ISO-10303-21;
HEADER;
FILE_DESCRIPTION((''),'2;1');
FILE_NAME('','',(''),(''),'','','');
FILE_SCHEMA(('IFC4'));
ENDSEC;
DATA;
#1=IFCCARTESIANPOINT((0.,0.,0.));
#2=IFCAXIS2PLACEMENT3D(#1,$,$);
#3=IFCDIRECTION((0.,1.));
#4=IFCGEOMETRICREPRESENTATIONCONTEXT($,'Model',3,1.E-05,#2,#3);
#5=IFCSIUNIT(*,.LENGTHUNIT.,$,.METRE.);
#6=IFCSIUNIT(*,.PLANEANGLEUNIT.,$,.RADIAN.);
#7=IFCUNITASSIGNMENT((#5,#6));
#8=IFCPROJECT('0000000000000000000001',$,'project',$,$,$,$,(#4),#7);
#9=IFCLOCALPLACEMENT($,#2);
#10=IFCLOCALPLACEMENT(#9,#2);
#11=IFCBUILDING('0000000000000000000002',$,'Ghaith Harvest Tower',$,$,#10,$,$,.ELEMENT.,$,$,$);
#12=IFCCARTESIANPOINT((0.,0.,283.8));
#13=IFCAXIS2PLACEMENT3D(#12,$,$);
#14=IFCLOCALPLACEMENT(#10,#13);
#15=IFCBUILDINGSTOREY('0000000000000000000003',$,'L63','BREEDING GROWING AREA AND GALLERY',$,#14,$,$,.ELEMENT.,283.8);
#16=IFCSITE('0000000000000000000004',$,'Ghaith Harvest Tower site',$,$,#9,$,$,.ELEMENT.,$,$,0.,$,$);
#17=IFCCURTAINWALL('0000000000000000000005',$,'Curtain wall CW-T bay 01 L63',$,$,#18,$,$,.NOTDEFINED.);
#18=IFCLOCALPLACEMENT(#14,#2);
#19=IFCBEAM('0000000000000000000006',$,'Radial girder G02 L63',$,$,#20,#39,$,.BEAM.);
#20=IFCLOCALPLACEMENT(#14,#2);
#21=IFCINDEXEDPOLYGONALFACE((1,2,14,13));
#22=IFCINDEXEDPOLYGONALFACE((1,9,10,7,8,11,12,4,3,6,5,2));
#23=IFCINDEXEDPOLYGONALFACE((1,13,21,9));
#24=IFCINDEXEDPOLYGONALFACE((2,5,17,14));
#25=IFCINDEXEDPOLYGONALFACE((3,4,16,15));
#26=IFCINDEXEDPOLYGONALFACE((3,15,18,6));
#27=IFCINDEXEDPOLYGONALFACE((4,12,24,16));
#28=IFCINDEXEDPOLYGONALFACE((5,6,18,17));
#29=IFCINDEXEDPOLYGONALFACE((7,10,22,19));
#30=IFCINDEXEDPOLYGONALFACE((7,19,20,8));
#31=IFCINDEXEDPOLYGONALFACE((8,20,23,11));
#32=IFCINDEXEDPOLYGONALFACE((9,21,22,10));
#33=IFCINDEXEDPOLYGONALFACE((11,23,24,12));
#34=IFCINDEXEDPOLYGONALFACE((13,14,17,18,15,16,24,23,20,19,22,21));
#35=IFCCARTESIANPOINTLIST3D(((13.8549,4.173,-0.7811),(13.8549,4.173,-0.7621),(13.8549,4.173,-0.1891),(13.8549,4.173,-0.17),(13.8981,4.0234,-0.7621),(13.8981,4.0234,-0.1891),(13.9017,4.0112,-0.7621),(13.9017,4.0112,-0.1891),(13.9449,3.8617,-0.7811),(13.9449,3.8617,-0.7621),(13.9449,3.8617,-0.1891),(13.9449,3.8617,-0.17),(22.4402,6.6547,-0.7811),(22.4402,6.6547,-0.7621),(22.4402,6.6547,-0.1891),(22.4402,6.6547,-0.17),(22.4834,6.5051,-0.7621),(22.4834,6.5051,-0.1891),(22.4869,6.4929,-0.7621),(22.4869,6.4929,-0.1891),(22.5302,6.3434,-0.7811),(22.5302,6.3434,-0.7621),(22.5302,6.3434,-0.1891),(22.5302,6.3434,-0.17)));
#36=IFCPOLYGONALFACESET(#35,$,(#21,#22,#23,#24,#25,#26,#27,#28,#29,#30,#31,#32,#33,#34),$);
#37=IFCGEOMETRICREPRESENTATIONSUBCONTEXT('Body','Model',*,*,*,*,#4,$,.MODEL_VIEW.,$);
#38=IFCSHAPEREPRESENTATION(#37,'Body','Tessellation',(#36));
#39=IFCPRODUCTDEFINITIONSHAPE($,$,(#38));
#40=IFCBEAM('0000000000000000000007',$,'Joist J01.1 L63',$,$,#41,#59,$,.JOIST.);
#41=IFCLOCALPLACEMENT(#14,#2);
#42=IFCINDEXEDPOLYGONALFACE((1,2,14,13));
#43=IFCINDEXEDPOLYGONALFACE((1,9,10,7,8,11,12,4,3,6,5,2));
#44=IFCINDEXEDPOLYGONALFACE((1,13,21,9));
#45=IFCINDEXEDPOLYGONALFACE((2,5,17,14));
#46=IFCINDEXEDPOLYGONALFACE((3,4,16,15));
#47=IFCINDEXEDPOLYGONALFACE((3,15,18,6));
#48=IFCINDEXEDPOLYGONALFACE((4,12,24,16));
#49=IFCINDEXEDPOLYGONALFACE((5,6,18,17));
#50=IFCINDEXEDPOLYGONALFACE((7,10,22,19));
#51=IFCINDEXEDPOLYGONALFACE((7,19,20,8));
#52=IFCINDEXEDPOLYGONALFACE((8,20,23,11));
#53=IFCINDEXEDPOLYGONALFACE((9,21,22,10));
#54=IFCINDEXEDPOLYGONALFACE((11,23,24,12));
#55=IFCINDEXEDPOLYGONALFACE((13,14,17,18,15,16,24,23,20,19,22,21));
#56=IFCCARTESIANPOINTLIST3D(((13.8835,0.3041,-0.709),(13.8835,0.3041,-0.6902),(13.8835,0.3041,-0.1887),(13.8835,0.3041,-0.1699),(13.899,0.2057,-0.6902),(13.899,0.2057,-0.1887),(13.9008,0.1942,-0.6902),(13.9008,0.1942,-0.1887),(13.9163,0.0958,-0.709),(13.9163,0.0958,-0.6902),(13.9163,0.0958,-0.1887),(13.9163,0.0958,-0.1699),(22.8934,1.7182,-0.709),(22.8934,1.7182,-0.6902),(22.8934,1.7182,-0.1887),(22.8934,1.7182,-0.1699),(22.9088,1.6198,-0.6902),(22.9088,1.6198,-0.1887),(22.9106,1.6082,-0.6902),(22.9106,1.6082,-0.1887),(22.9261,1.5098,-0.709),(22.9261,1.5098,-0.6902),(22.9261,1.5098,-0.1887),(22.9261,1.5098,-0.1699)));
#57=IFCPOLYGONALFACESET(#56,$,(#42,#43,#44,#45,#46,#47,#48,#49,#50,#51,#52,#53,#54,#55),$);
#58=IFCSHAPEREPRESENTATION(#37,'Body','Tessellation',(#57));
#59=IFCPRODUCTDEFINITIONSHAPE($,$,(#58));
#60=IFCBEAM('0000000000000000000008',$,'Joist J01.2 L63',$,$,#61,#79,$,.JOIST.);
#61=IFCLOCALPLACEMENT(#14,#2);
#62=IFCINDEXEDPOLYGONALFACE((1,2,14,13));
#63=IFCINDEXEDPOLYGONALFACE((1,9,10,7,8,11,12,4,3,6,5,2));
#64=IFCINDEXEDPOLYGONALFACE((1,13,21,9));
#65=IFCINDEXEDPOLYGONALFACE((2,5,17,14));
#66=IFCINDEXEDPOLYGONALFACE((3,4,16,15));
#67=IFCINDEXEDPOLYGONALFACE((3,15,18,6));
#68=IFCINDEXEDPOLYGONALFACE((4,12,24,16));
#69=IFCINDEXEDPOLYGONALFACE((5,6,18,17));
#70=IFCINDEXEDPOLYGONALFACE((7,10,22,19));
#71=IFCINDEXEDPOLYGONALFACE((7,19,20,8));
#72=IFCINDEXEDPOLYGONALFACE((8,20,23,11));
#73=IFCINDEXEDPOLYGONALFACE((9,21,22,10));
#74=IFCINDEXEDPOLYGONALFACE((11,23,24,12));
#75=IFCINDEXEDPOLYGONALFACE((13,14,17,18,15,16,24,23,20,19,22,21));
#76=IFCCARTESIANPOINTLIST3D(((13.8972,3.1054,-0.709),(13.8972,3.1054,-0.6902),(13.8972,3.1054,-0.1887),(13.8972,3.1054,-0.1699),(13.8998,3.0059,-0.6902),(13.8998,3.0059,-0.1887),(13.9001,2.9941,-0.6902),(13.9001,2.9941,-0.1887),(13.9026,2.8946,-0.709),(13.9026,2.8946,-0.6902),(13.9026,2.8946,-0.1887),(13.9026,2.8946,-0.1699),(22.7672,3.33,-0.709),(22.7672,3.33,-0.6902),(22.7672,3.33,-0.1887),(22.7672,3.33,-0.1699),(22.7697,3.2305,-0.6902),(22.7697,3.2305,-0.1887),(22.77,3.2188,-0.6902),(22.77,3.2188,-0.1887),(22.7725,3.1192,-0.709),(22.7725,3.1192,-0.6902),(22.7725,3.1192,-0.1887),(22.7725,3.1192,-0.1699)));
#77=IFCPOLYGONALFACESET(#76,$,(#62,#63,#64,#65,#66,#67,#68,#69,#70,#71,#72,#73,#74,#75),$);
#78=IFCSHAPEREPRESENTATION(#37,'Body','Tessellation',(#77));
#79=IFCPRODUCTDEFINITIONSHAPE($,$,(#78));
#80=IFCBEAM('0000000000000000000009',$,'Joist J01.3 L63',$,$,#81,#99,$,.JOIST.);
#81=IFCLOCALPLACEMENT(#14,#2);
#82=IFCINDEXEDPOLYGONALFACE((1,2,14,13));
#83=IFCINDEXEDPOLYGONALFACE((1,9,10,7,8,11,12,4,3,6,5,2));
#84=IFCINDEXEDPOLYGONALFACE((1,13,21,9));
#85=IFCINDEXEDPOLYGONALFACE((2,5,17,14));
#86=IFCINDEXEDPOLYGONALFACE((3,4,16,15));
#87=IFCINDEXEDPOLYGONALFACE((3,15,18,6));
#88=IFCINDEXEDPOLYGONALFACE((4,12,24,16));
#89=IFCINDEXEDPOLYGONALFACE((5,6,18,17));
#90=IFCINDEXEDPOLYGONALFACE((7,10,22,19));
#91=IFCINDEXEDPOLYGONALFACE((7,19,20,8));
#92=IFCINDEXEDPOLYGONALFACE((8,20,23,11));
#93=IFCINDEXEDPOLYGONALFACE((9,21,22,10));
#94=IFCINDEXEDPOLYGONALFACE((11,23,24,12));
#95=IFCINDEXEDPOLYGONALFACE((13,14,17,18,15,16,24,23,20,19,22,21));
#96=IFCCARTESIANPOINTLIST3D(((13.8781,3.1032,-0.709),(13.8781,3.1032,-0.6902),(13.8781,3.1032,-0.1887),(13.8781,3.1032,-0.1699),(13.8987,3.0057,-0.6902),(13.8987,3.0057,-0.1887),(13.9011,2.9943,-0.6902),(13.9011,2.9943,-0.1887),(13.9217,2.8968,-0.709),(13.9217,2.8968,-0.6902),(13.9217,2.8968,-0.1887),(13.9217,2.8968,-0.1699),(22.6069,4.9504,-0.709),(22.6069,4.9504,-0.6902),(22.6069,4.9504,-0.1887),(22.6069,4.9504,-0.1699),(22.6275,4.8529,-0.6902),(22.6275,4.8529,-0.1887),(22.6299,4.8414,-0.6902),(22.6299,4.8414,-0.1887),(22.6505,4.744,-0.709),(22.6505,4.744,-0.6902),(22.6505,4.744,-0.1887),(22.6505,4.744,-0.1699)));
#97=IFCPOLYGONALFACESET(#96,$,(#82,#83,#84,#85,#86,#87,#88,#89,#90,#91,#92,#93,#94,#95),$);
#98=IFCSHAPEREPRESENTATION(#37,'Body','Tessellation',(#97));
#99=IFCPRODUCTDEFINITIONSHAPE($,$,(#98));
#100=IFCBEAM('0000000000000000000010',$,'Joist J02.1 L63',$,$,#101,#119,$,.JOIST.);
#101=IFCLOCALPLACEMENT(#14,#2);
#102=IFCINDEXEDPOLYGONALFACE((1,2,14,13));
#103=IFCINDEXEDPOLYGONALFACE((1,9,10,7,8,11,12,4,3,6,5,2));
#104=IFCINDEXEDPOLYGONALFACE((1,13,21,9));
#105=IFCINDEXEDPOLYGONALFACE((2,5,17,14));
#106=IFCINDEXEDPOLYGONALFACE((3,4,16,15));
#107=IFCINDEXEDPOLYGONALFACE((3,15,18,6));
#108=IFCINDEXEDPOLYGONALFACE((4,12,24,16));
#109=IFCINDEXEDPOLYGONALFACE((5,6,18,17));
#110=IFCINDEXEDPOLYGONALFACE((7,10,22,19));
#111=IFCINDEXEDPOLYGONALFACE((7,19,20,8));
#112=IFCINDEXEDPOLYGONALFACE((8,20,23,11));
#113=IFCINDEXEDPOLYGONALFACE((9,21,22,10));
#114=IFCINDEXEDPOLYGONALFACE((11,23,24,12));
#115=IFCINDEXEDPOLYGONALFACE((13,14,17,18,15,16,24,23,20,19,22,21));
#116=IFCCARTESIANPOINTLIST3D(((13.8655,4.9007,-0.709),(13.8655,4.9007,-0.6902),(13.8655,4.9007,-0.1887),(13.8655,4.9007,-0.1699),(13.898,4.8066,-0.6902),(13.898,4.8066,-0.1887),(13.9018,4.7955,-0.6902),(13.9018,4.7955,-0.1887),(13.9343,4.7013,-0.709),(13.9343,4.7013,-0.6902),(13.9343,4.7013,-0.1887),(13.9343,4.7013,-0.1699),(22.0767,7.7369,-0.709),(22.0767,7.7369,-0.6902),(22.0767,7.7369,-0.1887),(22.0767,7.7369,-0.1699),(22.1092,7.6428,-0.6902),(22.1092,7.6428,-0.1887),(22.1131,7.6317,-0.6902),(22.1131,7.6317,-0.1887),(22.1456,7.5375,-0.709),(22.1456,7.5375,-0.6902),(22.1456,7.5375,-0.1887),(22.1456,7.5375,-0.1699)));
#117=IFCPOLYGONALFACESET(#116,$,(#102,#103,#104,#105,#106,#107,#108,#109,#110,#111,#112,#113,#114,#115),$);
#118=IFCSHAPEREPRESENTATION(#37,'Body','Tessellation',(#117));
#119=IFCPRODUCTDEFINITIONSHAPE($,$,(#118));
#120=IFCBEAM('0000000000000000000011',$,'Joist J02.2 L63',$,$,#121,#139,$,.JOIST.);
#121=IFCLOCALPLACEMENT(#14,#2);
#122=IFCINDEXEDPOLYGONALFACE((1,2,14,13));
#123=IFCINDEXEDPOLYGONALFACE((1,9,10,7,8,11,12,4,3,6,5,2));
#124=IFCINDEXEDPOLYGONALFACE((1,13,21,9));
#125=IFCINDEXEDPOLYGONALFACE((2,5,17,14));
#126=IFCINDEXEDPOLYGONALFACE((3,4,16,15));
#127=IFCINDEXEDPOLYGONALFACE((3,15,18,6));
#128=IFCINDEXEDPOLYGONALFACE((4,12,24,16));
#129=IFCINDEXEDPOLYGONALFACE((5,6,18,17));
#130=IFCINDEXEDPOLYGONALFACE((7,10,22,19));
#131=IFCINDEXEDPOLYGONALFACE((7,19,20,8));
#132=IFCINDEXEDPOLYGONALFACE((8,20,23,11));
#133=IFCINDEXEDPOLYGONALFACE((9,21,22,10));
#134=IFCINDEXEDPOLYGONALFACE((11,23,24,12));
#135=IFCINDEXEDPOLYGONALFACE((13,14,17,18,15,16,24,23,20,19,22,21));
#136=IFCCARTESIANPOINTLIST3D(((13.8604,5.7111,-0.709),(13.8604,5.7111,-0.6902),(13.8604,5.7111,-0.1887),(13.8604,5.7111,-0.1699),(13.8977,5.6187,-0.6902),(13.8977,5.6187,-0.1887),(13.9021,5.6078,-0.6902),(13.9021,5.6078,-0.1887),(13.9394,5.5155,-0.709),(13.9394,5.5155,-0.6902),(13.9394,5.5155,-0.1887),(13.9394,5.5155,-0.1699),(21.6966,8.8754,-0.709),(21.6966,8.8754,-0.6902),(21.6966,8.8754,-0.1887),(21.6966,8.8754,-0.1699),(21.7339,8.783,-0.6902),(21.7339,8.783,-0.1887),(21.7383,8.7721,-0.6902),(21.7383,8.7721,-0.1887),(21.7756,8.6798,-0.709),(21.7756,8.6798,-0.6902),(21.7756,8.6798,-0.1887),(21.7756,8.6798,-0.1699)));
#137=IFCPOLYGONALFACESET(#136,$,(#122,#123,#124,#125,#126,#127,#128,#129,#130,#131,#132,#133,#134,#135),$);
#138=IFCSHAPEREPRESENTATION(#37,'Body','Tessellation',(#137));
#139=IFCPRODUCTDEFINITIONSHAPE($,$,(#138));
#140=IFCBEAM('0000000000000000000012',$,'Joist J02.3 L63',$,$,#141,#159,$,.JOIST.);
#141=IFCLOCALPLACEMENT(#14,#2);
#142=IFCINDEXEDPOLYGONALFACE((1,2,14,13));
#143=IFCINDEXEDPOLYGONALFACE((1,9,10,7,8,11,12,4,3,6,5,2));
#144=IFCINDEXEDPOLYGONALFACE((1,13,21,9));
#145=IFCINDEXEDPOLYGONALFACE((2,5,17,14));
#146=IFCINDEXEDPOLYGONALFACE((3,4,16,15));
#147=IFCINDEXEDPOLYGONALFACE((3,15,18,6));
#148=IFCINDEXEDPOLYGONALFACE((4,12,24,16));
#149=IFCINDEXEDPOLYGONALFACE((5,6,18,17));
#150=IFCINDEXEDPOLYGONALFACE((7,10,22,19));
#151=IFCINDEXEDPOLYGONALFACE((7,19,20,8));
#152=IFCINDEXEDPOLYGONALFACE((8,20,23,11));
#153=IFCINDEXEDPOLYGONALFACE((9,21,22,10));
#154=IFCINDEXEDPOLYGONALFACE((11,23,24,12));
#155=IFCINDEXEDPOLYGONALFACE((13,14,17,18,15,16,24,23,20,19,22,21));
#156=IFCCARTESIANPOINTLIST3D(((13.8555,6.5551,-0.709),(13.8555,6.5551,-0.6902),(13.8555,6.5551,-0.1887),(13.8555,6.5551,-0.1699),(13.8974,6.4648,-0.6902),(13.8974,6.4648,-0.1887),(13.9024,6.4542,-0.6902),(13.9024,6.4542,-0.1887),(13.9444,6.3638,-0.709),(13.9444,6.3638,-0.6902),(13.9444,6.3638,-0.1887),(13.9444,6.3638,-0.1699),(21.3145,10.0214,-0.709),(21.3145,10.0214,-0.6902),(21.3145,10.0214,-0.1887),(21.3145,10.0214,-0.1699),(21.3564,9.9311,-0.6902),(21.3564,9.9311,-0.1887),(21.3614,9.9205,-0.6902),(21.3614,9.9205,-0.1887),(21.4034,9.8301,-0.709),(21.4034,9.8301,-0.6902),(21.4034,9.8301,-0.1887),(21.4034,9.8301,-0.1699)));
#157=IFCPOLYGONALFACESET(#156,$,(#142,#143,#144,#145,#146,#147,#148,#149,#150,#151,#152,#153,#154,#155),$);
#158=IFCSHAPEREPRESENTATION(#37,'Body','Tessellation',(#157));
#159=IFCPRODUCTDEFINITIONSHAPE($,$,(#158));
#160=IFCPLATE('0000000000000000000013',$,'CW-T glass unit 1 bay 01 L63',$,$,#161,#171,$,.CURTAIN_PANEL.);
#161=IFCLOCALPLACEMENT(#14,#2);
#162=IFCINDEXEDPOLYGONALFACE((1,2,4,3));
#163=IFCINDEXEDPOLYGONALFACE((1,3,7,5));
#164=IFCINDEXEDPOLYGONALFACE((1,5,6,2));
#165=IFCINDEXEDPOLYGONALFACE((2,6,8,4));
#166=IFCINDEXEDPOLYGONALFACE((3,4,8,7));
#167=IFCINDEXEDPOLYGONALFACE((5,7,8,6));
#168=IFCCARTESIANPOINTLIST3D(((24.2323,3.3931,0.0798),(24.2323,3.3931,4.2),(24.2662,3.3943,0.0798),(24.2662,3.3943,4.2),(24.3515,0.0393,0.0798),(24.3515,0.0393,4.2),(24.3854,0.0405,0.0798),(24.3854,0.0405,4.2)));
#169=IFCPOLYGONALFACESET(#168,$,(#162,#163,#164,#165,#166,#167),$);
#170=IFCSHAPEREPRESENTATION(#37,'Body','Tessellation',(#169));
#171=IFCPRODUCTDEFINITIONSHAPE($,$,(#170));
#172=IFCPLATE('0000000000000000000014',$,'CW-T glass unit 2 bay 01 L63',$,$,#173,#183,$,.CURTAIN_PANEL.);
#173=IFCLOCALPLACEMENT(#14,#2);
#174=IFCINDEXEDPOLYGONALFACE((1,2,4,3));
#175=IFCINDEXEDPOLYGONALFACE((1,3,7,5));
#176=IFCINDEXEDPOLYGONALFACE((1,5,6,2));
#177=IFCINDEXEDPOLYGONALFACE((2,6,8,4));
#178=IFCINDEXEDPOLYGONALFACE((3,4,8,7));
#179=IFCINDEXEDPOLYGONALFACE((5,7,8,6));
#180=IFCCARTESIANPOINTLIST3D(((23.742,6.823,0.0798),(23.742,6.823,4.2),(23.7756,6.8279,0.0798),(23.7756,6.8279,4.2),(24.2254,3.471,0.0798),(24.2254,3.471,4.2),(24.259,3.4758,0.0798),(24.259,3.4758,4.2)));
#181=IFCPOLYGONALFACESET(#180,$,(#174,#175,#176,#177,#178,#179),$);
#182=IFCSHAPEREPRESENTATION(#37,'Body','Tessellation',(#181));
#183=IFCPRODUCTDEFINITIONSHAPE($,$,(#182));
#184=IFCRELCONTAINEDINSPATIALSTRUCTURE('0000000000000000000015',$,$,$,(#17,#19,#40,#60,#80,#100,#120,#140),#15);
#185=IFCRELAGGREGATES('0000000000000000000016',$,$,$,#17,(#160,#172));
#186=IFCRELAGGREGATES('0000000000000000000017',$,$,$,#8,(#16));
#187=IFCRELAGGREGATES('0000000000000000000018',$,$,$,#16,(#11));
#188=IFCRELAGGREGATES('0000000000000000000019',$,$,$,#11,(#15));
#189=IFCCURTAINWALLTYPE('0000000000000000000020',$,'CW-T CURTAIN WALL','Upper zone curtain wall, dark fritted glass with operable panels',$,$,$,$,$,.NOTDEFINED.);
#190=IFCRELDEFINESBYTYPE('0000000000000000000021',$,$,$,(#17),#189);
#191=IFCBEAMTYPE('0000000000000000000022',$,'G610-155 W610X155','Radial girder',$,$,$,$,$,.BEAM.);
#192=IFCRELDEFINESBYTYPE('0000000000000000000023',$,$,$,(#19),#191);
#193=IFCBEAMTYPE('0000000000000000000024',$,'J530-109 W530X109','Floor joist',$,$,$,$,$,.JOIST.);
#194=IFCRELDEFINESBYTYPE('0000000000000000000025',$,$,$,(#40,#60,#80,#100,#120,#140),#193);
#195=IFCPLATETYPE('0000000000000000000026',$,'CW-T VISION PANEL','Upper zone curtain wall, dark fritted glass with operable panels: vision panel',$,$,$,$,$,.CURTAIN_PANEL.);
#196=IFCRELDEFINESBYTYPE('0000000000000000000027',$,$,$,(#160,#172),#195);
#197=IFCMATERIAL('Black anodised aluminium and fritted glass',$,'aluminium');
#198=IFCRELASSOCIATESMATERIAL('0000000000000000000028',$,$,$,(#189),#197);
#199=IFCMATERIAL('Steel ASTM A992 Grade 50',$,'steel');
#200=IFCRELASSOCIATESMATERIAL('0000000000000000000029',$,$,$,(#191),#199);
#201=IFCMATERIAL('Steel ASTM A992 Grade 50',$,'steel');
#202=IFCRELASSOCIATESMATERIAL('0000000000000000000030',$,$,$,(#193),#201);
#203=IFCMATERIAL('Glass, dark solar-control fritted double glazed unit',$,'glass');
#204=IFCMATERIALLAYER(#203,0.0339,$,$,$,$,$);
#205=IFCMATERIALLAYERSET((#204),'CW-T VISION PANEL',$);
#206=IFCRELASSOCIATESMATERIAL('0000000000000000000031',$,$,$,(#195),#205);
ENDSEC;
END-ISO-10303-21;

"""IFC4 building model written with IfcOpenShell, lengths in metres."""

from ifc_helpers import new_model, si_unit, direction, frame, origin, origin_2d, place, context, subcontext, project, spatial, rectangle, i_section, extrude, material, layer, layer_set, material_profile, profile_set, type_object, element, aggregate, save


model = new_model("IFC4")

# Units and contexts
model_context = context("Model", 3, precision=1e-05, world=origin(), true_north=direction((0.0, 1.0)))
body_context = subcontext(model_context, "Body", "Model", "MODEL_VIEW")
ifc_project = project(units=[si_unit("LENGTHUNIT", "METRE"), si_unit("PLANEANGLEUNIT", "RADIAN")], contexts=[model_context])

# Site, building, storey
site_placement = place(None, origin())
site = spatial("IfcSite", under=ifc_project, at=site_placement, Name="Ghaith Harvest Tower site", CompositionType="ELEMENT", RefElevation=0.0)
building_placement = place(site_placement, origin())
building = spatial("IfcBuilding", under=site, at=building_placement, Name="Ghaith Harvest Tower", CompositionType="ELEMENT")
storey_placement = place(building_placement, frame((0.0, 0.0, 283.8)))
storey = spatial("IfcBuildingStorey", under=building, at=storey_placement, Name="L63", Description="BREEDING GROWING AREA AND GALLERY", CompositionType="ELEMENT", Elevation=283.8)

# Curtain wall
ifc_material_1 = material(Name="Black anodised aluminium and fritted glass", Category="aluminium")
curtain_wall_type = type_object("IfcCurtainWallType", Name="CW-T CURTAIN WALL", Description="Upper zone curtain wall, dark fritted glass with operable panels", PredefinedType="NOTDEFINED", material=ifc_material_1)
curtain_wall_1_placement = place(storey_placement, origin())
curtain_wall_1 = element("IfcCurtainWall", 1, at=curtain_wall_1_placement, inside=storey, type_object=curtain_wall_type, Name="Curtain wall CW-T bay 01 L63", PredefinedType="NOTDEFINED")

# Beams
ifc_material_2 = material(Name="Steel ASTM A992 Grade 50", Category="steel")
ifc_material_profile_1 = material_profile(ifc_material_2, i_section(OverallWidth=0.324, OverallDepth=0.6111, WebThickness=0.0127, FlangeThickness=0.019, at=origin_2d()), Name="W610X155")
ifc_profile_set_1 = profile_set([ifc_material_profile_1], Name="Steel ASTM A992 Grade 50")
beam_type_1 = type_object("IfcBeamType", Name="G610-155 W610X155", Description="Radial girder", PredefinedType="BEAM", material=ifc_profile_set_1)
beam_1_placement = place(storey_placement, frame((13.8999, 4.0173, -0.4756), z_axis=(0.960669, 0.277697, 0.0), x_axis=(-0.277697, 0.960669, 0.0)))
element("IfcBeam", 2, at=beam_1_placement, inside=storey, type_object=beam_type_1, Name="Radial girder G02 L63", PredefinedType="BEAM", context=body_context, shape_type="SweptSolid", body=[
    extrude(i_section(OverallWidth=0.324, OverallDepth=0.6111, WebThickness=0.0127, FlangeThickness=0.019, at=origin_2d()), origin(), (0.0, 0.0, 1.0), 8.9368),
])
ifc_material_3 = material(Name="Steel ASTM A992 Grade 50", Category="steel")
ifc_material_profile_2 = material_profile(ifc_material_3, i_section(OverallWidth=0.2109, OverallDepth=0.5391, WebThickness=0.0117, FlangeThickness=0.0188, at=origin_2d()), Name="W530X109")
ifc_profile_set_2 = profile_set([ifc_material_profile_2], Name="Steel ASTM A992 Grade 50")
beam_type_2 = type_object("IfcBeamType", Name="J530-109 W530X109", Description="Floor joist", PredefinedType="JOIST", material=ifc_profile_set_2)
beam_2_placement = place(storey_placement, frame((13.8999, 0.2, -0.4395), z_axis=(0.987907, 0.15505, 0.0), x_axis=(-0.15505, 0.987907, 0.0)))
element("IfcBeam", 3, at=beam_2_placement, inside=storey, type_object=beam_type_2, Name="Joist J01.1 L63", PredefinedType="JOIST", context=body_context, shape_type="SweptSolid", body=[
    extrude(i_section(OverallWidth=0.2109, OverallDepth=0.5391, WebThickness=0.0117, FlangeThickness=0.0188, at=origin_2d()), origin(), (0.0, 0.0, 1.0), 9.1201),
])
beam_3_placement = place(storey_placement, frame((13.8999, 3.0, -0.4395), z_axis=(0.99968, 0.025315, 0.0), x_axis=(-0.025315, 0.99968, 0.0)))
element("IfcBeam", 4, at=beam_3_placement, inside=storey, type_object=beam_type_2, Name="Joist J01.2 L63", PredefinedType="JOIST", context=body_context, shape_type="SweptSolid", body=[
    extrude(i_section(OverallWidth=0.2109, OverallDepth=0.5391, WebThickness=0.0117, FlangeThickness=0.0188, at=origin_2d()), origin(), (0.0, 0.0, 1.0), 8.8728),
])
beam_4_placement = place(storey_placement, frame((13.8999, 3.0, -0.4395), z_axis=(0.978334, 0.207034, 0.0), x_axis=(-0.207034, 0.978334, 0.0)))
element("IfcBeam", 5, at=beam_4_placement, inside=storey, type_object=beam_type_2, Name="Joist J01.3 L63", PredefinedType="JOIST", context=body_context, shape_type="SweptSolid", body=[
    extrude(i_section(OverallWidth=0.2109, OverallDepth=0.5391, WebThickness=0.0117, FlangeThickness=0.0188, at=origin_2d()), origin(), (0.0, 0.0, 1.0), 8.9221),
])
beam_5_placement = place(storey_placement, frame((13.8999, 4.801, -0.4395), z_axis=(0.945205, 0.326478, 0.0), x_axis=(-0.326478, 0.945205, 0.0)))
element("IfcBeam", 6, at=beam_5_placement, inside=storey, type_object=beam_type_2, Name="Joist J02.1 L63", PredefinedType="JOIST", context=body_context, shape_type="SweptSolid", body=[
    extrude(i_section(OverallWidth=0.2109, OverallDepth=0.5391, WebThickness=0.0117, FlangeThickness=0.0188, at=origin_2d()), origin(), (0.0, 0.0, 1.0), 8.6873),
])
beam_6_placement = place(storey_placement, frame((13.8999, 5.6133, -0.4395), z_axis=(0.927254, 0.374432, 0.0), x_axis=(-0.374432, 0.927254, 0.0)))
element("IfcBeam", 7, at=beam_6_placement, inside=storey, type_object=beam_type_2, Name="Joist J02.2 L63", PredefinedType="JOIST", context=body_context, shape_type="SweptSolid", body=[
    extrude(i_section(OverallWidth=0.2109, OverallDepth=0.5391, WebThickness=0.0117, FlangeThickness=0.0188, at=origin_2d()), origin(), (0.0, 0.0, 1.0), 8.4509),
])
beam_7_placement = place(storey_placement, frame((13.8999, 6.4595, -0.4395), z_axis=(0.90686, 0.421432, 0.0), x_axis=(-0.421432, 0.90686, 0.0)))
element("IfcBeam", 8, at=beam_7_placement, inside=storey, type_object=beam_type_2, Name="Joist J02.3 L63", PredefinedType="JOIST", context=body_context, shape_type="SweptSolid", body=[
    extrude(i_section(OverallWidth=0.2109, OverallDepth=0.5391, WebThickness=0.0117, FlangeThickness=0.0188, at=origin_2d()), origin(), (0.0, 0.0, 1.0), 8.2251),
])

# Plates
ifc_material_4 = material(Name="Glass, dark solar-control fritted double glazed unit", Category="glass")
ifc_layer_1 = layer(ifc_material_4, 0.0339)
ifc_layer_set_1 = layer_set([ifc_layer_1], Name="CW-T VISION PANEL")
plate_type_1 = type_object("IfcPlateType", Name="CW-T VISION PANEL", Description="Upper zone curtain wall, dark fritted glass with operable panels: vision panel", PredefinedType="CURTAIN_PANEL", material=ifc_layer_set_1)
plate_1_placement = place(storey_placement, frame((24.3088, 1.7168, 0.0798), z_axis=(0.0, 0.0, 1.0), x_axis=(-0.035536, 0.999368, 0.0)))
plate_1 = element("IfcPlate", 9, at=plate_1_placement, type_object=plate_type_1, Name="CW-T glass unit 1 bay 01 L63", PredefinedType="CURTAIN_PANEL", context=body_context, shape_type="SweptSolid", body=[
    extrude(rectangle(XDim=3.356, YDim=0.0339, at=origin_2d()), origin(), (0.0, 0.0, 1.0), 4.1201),
])
plate_2_placement = place(storey_placement, frame((24.0005, 5.1494, 0.0798), z_axis=(0.0, 0.0, 1.0), x_axis=(-0.14273, 0.989762, 0.0)))
plate_2 = element("IfcPlate", 10, at=plate_2_placement, type_object=plate_type_1, Name="CW-T glass unit 2 bay 01 L63", PredefinedType="CURTAIN_PANEL", context=body_context, shape_type="SweptSolid", body=[
    extrude(rectangle(XDim=3.3867, YDim=0.0339, at=origin_2d()), origin(), (0.0, 0.0, 1.0), 4.1201),
])
aggregate(curtain_wall_1, [plate_1, plate_2])

save(model, "model.ifc")
